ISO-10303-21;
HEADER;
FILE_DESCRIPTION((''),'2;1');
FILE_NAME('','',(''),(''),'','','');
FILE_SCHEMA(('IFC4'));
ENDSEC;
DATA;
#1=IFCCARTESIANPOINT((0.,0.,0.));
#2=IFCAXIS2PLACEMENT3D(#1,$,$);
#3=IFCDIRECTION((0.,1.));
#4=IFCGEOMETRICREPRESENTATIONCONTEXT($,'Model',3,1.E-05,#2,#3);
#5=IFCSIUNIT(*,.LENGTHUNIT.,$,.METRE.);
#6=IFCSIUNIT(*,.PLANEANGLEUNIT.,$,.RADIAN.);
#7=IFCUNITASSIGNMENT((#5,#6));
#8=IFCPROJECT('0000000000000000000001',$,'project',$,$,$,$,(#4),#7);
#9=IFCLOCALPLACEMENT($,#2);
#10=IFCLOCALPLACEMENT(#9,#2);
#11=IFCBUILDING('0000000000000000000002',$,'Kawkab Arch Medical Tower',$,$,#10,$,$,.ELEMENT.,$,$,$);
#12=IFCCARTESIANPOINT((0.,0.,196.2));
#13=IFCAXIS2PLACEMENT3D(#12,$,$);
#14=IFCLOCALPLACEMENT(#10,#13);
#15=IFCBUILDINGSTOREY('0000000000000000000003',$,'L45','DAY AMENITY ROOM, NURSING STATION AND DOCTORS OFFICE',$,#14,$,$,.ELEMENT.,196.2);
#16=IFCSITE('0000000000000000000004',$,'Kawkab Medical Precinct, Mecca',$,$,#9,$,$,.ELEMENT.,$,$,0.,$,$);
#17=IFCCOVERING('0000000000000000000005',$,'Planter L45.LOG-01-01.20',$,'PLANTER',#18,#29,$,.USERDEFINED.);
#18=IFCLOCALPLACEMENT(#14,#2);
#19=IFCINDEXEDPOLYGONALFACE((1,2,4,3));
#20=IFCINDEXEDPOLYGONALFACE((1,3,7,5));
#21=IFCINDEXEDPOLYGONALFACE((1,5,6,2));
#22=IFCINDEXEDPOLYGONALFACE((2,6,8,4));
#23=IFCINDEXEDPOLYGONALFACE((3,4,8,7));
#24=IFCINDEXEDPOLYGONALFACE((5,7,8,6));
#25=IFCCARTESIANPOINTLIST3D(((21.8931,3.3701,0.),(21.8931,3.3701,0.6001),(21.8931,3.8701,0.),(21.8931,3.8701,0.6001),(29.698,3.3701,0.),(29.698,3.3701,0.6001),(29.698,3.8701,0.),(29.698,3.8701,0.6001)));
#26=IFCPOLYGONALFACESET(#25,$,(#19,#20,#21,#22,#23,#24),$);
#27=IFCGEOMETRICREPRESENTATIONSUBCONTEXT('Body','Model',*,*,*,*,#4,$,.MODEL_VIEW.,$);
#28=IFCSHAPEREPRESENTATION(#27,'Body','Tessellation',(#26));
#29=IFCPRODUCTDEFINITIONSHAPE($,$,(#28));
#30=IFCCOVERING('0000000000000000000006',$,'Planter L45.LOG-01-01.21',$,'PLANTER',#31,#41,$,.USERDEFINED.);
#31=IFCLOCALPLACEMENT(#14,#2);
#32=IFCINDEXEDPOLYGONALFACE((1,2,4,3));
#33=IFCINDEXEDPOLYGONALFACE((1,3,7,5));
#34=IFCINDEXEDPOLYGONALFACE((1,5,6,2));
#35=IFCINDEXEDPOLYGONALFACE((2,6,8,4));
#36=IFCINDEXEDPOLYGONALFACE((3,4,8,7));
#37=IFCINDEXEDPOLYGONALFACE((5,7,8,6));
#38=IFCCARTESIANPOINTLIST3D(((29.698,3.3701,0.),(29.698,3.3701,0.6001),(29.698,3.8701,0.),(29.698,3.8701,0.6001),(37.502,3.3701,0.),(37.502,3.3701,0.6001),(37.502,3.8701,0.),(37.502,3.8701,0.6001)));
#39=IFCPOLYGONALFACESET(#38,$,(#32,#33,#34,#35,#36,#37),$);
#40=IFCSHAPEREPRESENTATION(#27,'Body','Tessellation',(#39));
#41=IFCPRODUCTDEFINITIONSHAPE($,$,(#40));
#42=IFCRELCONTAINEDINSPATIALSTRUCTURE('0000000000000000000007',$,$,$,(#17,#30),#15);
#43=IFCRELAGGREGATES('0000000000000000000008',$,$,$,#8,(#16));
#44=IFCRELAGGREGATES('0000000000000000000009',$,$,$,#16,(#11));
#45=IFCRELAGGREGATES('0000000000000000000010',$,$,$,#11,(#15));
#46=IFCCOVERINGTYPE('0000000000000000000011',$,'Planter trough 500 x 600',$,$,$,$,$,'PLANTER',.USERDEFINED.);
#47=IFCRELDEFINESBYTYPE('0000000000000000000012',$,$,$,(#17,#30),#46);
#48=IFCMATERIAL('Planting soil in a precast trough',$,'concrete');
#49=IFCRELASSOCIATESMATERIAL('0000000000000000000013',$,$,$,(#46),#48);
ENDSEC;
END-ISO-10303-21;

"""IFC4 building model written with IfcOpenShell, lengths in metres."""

from ifc_helpers import new_model, si_unit, direction, frame, origin, origin_2d, place, context, subcontext, project, spatial, rectangle, extrude, material, material_profile, profile_set, type_object, element, save


model = new_model("IFC4")

# Units and contexts
model_context = context("Model", 3, precision=1e-05, world=origin(), true_north=direction((0.0, 1.0)))
body_context = subcontext(model_context, "Body", "Model", "MODEL_VIEW")
ifc_project = project(units=[si_unit("LENGTHUNIT", "METRE"), si_unit("PLANEANGLEUNIT", "RADIAN")], contexts=[model_context])

# Site, building, storey
site_placement = place(None, origin())
site = spatial("IfcSite", under=ifc_project, at=site_placement, Name="Kawkab Medical Precinct, Mecca", CompositionType="ELEMENT", RefElevation=0.0)
building_placement = place(site_placement, origin())
building = spatial("IfcBuilding", under=site, at=building_placement, Name="Kawkab Arch Medical Tower", CompositionType="ELEMENT")
storey_placement = place(building_placement, frame((0.0, 0.0, 196.2)))
storey = spatial("IfcBuildingStorey", under=building, at=storey_placement, Name="L45", Description="DAY AMENITY ROOM, NURSING STATION AND DOCTORS OFFICE", CompositionType="ELEMENT", Elevation=196.2)

# Coverings
ifc_material_1 = material(Name="Planting soil in a precast trough", Category="concrete")
ifc_material_profile_1 = material_profile(ifc_material_1, rectangle(XDim=0.5, YDim=0.6001, at=origin_2d()), Name="Trough 500x600")
ifc_profile_set_1 = profile_set([ifc_material_profile_1], Name="Planting soil in a precast trough")
covering_type_1 = type_object("IfcCoveringType", Name="Planter trough 500 x 600", ElementType="PLANTER", PredefinedType="USERDEFINED", material=ifc_profile_set_1)
covering_1_placement = place(storey_placement, frame((21.8931, 3.6201, 0.3), z_axis=(1.0, 0.0, 0.0), x_axis=(0.0, 1.0, 0.0)))
element("IfcCovering", 1, at=covering_1_placement, inside=storey, type_object=covering_type_1, Name="Planter L45.LOG-01-01.20", ObjectType="PLANTER", PredefinedType="USERDEFINED", context=body_context, shape_type="SweptSolid", body=[
    extrude(rectangle(XDim=0.5, YDim=0.6001, at=origin_2d()), origin(), (0.0, 0.0, 1.0), 7.8049),
])
covering_2_placement = place(storey_placement, frame((29.698, 3.6201, 0.3), z_axis=(1.0, 0.0, 0.0), x_axis=(0.0, 1.0, 0.0)))
element("IfcCovering", 2, at=covering_2_placement, inside=storey, type_object=covering_type_1, Name="Planter L45.LOG-01-01.21", ObjectType="PLANTER", PredefinedType="USERDEFINED", context=body_context, shape_type="SweptSolid", body=[
    extrude(rectangle(XDim=0.5, YDim=0.6001, at=origin_2d()), origin(), (0.0, 0.0, 1.0), 7.804),
])

save(model, "model.ifc")
